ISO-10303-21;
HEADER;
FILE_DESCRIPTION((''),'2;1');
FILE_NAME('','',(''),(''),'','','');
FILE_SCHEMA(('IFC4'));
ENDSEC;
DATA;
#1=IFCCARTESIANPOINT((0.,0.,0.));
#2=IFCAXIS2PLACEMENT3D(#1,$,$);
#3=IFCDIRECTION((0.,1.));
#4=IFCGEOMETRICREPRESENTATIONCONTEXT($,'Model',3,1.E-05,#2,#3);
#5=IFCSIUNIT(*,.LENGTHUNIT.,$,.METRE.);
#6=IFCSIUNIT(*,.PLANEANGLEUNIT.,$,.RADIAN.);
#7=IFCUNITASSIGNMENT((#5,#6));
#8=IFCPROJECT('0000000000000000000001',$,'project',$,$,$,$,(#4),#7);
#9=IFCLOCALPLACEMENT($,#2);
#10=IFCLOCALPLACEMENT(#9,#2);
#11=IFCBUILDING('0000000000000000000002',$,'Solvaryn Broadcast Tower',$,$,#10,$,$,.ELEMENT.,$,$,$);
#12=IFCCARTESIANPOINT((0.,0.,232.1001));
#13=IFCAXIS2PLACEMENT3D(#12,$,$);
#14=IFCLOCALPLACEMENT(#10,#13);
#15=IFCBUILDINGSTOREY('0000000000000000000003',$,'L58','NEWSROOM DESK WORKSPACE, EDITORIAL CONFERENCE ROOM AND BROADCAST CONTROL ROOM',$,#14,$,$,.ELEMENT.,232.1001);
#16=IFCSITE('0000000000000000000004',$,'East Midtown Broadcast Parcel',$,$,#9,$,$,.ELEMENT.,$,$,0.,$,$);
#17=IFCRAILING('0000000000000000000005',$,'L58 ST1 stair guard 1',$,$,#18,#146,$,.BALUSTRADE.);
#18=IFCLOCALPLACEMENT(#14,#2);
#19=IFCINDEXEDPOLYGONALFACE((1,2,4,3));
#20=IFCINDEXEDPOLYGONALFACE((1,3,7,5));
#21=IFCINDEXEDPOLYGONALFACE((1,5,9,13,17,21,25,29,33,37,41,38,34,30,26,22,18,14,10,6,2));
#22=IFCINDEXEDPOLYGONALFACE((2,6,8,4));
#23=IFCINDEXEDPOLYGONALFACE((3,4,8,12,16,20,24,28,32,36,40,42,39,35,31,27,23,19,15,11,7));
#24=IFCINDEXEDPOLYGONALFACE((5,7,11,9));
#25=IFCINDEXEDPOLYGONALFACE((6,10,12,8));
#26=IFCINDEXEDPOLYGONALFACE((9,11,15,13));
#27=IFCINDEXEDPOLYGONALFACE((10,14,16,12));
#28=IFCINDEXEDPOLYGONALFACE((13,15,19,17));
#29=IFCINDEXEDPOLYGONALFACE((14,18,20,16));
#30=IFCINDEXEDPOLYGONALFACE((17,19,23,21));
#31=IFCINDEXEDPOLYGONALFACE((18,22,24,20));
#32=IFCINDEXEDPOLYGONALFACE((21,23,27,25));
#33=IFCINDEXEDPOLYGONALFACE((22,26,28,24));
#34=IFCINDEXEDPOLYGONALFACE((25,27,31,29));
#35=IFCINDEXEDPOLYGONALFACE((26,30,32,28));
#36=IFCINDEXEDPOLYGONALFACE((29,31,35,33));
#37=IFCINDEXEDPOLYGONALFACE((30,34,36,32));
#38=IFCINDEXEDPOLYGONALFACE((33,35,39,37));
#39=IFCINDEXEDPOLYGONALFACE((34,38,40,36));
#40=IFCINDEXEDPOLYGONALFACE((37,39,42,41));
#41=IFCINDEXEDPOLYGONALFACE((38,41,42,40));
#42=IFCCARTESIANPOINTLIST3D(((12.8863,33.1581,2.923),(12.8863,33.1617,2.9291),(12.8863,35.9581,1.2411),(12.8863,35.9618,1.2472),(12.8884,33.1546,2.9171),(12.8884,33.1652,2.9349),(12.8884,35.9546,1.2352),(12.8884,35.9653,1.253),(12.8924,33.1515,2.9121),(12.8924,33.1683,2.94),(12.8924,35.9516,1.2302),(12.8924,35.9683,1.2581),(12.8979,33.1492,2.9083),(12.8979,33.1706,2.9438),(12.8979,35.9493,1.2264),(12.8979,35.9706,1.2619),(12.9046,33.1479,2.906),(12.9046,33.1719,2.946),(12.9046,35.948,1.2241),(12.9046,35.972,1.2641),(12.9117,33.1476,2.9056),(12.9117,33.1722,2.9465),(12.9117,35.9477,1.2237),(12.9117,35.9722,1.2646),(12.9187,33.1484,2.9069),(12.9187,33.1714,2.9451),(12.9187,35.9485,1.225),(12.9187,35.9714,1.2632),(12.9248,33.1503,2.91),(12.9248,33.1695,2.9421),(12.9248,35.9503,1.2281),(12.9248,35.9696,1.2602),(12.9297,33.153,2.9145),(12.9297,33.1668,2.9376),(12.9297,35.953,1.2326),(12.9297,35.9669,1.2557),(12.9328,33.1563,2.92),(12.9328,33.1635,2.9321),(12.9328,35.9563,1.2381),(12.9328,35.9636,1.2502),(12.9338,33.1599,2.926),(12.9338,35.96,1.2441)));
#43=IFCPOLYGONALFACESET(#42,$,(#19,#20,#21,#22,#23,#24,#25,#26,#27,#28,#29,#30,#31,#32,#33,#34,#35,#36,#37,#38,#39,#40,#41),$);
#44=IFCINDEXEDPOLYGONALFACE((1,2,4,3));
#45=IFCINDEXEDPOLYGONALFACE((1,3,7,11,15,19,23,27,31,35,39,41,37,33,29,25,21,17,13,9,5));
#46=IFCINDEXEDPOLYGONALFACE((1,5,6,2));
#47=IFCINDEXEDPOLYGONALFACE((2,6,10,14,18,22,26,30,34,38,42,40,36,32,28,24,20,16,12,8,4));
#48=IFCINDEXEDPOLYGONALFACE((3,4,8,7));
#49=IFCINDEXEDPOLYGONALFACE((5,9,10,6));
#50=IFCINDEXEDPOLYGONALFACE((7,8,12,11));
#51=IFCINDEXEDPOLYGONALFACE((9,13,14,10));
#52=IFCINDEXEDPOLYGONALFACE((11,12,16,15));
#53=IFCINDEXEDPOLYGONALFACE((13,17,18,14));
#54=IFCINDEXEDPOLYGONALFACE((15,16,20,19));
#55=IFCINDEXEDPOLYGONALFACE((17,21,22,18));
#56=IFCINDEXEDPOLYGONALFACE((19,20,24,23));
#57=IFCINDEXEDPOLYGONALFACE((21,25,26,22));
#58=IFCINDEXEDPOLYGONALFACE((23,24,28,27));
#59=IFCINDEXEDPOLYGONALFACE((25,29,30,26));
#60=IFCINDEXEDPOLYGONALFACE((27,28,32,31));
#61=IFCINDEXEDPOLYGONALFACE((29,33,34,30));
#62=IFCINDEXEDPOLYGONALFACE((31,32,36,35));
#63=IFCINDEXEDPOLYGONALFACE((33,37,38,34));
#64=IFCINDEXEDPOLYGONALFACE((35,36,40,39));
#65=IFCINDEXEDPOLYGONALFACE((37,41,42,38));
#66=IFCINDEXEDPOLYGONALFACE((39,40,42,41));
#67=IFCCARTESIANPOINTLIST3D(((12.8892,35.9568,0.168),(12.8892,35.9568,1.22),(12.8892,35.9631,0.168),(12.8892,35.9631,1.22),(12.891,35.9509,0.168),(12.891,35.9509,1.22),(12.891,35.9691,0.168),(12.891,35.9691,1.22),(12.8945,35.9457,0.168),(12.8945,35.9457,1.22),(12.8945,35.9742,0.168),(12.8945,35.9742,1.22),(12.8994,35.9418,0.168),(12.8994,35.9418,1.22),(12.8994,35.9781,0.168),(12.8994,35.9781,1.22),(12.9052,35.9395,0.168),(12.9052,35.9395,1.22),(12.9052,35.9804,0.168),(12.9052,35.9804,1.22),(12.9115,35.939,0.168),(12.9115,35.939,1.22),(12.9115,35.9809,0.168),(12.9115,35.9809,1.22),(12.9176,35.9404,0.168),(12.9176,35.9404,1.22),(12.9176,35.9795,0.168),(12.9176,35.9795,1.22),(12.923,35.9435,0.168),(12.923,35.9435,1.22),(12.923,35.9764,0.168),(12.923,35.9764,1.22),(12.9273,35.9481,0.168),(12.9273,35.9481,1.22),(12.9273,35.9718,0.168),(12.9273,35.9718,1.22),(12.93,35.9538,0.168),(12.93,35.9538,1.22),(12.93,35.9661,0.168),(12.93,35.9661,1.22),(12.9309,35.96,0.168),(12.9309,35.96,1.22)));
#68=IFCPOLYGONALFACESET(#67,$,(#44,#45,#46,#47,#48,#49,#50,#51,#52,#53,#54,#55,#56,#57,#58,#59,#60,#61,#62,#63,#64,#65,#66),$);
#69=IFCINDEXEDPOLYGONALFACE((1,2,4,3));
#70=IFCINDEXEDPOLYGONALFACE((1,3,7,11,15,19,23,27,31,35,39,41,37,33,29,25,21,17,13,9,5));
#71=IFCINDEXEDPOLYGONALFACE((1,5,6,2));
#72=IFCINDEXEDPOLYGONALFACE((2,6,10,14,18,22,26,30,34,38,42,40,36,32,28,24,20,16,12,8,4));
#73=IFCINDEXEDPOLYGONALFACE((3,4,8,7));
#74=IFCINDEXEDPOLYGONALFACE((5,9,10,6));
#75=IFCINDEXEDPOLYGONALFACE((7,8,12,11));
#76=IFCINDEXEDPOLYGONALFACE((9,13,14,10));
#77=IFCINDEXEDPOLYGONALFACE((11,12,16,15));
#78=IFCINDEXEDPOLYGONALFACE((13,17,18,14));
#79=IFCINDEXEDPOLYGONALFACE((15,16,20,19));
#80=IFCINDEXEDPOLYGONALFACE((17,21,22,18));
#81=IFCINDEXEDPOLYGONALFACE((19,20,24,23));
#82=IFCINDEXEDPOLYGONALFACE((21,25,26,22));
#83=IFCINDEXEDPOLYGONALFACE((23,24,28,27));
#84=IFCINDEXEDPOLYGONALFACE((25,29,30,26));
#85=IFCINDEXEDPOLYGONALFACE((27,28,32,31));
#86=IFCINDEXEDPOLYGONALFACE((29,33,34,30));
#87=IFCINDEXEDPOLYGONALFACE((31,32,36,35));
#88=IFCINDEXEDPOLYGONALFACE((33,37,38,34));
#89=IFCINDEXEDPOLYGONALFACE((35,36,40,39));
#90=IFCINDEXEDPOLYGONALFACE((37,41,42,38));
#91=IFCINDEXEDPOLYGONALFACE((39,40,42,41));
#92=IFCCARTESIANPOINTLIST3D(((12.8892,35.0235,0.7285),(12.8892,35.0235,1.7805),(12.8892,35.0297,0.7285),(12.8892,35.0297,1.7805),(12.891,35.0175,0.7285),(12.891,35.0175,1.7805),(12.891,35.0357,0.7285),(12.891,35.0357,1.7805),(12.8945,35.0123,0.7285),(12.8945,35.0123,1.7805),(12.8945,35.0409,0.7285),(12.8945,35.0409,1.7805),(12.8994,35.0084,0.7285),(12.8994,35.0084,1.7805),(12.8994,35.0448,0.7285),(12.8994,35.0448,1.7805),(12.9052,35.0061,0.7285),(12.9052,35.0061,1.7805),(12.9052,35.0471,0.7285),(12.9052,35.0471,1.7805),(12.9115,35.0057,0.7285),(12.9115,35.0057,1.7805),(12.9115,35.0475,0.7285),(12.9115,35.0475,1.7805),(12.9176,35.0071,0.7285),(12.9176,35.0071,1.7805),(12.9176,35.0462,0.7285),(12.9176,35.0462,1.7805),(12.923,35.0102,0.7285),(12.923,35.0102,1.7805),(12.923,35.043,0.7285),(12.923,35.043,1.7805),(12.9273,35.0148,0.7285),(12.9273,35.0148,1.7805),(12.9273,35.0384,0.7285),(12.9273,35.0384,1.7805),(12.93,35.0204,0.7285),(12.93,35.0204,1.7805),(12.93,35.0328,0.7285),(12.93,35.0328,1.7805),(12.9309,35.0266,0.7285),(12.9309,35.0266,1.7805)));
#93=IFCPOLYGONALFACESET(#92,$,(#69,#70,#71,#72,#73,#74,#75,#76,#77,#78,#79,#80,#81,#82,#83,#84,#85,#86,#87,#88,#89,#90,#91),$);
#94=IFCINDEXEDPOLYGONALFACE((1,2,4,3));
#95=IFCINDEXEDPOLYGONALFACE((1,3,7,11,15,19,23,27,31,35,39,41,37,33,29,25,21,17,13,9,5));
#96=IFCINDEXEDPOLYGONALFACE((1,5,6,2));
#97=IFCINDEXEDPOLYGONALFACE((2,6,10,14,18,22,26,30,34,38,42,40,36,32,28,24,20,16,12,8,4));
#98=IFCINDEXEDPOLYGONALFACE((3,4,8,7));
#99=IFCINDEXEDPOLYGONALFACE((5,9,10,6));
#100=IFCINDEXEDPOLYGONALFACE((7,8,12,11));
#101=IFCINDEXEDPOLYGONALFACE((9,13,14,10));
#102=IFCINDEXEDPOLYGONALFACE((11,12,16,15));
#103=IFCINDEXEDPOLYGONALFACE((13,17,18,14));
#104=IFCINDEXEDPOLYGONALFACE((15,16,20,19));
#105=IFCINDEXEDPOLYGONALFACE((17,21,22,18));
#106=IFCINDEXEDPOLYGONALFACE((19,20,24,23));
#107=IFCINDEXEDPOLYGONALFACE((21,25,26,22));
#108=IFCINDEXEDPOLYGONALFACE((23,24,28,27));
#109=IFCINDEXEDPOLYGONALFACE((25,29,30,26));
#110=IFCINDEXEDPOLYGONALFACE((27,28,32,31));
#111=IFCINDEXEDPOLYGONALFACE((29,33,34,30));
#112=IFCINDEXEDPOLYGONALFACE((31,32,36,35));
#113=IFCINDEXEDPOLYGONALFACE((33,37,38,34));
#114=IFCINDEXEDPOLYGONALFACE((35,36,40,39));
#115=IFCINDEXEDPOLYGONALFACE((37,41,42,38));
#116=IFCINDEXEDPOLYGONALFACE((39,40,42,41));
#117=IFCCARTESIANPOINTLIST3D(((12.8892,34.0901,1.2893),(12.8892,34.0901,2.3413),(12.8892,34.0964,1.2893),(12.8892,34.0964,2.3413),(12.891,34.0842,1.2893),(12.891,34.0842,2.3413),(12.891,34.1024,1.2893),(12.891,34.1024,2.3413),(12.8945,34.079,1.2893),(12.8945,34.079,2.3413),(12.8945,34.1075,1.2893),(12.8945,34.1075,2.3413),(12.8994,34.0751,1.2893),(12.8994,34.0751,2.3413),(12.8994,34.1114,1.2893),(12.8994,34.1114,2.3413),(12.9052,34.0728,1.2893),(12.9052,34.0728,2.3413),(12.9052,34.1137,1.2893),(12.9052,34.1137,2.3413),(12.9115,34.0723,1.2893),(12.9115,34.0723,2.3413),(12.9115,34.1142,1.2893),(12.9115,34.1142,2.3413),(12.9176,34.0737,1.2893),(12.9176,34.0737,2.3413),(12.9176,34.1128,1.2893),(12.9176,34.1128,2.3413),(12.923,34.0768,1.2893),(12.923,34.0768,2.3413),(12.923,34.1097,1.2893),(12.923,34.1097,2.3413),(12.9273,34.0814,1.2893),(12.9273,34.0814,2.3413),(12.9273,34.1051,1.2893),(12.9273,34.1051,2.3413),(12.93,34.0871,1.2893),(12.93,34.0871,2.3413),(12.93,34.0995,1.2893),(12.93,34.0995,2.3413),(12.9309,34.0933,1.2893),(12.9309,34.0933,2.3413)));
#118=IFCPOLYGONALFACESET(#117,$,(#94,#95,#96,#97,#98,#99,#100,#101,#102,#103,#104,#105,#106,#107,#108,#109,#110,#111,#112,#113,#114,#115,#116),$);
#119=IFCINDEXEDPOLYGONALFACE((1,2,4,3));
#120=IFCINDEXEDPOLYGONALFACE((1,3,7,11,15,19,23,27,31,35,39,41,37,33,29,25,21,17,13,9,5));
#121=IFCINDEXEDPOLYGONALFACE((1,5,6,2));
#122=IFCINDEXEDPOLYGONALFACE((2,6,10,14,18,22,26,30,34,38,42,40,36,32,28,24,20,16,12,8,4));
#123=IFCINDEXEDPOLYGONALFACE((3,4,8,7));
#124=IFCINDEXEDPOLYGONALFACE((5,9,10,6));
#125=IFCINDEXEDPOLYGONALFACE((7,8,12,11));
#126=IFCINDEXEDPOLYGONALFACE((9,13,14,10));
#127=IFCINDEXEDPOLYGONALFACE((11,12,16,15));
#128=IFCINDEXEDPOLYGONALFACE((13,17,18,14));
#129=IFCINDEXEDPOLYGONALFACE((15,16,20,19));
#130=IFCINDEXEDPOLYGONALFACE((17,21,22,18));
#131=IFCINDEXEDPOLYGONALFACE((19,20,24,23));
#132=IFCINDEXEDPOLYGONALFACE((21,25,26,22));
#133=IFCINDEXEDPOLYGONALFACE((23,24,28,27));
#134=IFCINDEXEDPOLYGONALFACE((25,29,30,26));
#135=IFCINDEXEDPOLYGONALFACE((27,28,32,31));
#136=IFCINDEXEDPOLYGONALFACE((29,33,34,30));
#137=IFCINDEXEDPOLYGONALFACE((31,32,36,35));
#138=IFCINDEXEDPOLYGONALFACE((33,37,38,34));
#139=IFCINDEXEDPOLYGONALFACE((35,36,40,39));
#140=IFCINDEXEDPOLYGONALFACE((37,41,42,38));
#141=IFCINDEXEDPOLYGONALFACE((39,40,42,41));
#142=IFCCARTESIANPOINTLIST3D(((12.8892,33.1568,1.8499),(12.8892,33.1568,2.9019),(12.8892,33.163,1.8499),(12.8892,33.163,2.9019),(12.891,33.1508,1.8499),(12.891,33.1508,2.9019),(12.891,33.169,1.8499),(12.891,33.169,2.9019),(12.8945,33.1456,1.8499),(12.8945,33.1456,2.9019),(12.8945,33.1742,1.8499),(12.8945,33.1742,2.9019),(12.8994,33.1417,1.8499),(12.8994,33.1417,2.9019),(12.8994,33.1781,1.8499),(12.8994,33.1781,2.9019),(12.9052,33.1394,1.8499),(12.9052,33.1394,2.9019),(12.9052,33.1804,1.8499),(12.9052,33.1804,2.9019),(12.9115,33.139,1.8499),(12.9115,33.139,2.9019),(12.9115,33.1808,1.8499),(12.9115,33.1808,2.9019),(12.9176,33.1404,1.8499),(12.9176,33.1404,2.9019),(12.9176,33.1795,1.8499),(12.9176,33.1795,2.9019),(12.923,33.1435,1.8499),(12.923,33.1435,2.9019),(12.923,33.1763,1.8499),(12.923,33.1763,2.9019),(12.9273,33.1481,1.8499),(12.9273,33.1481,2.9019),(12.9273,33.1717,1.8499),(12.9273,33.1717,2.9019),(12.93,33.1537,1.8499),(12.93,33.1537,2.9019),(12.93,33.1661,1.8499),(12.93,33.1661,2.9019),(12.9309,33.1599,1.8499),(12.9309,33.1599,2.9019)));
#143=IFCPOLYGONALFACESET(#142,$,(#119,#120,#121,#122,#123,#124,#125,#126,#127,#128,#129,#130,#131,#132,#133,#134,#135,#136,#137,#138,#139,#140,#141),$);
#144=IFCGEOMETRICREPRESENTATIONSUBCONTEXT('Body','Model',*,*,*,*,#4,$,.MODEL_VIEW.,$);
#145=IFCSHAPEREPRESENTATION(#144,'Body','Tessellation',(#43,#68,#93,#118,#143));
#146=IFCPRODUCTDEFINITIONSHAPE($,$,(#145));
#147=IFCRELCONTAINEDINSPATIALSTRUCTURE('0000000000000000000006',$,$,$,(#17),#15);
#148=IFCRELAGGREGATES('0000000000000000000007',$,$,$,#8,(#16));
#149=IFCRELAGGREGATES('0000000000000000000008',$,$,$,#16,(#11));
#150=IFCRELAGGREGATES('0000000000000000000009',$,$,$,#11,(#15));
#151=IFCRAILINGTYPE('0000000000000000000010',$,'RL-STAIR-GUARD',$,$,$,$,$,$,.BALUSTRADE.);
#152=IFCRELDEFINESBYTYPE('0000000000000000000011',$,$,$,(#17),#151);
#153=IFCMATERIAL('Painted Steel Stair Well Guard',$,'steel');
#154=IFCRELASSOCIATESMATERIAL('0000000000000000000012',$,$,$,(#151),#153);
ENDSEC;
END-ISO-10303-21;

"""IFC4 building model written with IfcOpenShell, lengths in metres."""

from ifc_helpers import new_model, si_unit, direction, frame, origin, origin_2d, place, context, subcontext, project, spatial, circle, extrude, material, type_object, element, save


model = new_model("IFC4")

# Units and contexts
model_context = context("Model", 3, precision=1e-05, world=origin(), true_north=direction((0.0, 1.0)))
body_context = subcontext(model_context, "Body", "Model", "MODEL_VIEW")
ifc_project = project(units=[si_unit("LENGTHUNIT", "METRE"), si_unit("PLANEANGLEUNIT", "RADIAN")], contexts=[model_context])

# Site, building, storey
site_placement = place(None, origin())
site = spatial("IfcSite", under=ifc_project, at=site_placement, Name="East Midtown Broadcast Parcel", CompositionType="ELEMENT", RefElevation=0.0)
building_placement = place(site_placement, origin())
building = spatial("IfcBuilding", under=site, at=building_placement, Name="Solvaryn Broadcast Tower", CompositionType="ELEMENT")
storey_placement = place(building_placement, frame((0.0, 0.0, 232.1001)))
storey = spatial("IfcBuildingStorey", under=building, at=storey_placement, Name="L58", Description="NEWSROOM DESK WORKSPACE, EDITORIAL CONFERENCE ROOM AND BROADCAST CONTROL ROOM", CompositionType="ELEMENT", Elevation=232.1001)

# Railing
ifc_material_1 = material(Name="Painted Steel Stair Well Guard", Category="steel")
railing_type_1 = type_object("IfcRailingType", Name="RL-STAIR-GUARD", PredefinedType="BALUSTRADE", material=ifc_material_1)
railing_1_placement = place(storey_placement, frame((12.9099, 35.96, 0.168)))
element("IfcRailing", 1, at=railing_1_placement, inside=storey, type_object=railing_type_1, Name="L58 ST1 stair guard 1", PredefinedType="BALUSTRADE", context=body_context, shape_type="SweptSolid", body=[
    extrude(circle(Radius=0.0239, at=origin_2d()), frame((0.0, 0.0, 1.0762), z_axis=(0.0, -0.857242, 0.514913), x_axis=(1.0, 0.0, 0.0)), (0.0, 0.0, 1.0), 3.2664),
    extrude(circle(Radius=0.021, at=origin_2d()), origin(), (0.0, 0.0, 1.0), 1.052),
    extrude(circle(Radius=0.021, at=origin_2d()), frame((0.0, -0.9333, 0.5605)), (0.0, 0.0, 1.0), 1.052),
    extrude(circle(Radius=0.021, at=origin_2d()), frame((0.0, -1.8667, 1.1213)), (0.0, 0.0, 1.0), 1.052),
    extrude(circle(Radius=0.021, at=origin_2d()), frame((0.0, -2.8, 1.6819)), (0.0, 0.0, 1.0), 1.052),
])

save(model, "model.ifc")
